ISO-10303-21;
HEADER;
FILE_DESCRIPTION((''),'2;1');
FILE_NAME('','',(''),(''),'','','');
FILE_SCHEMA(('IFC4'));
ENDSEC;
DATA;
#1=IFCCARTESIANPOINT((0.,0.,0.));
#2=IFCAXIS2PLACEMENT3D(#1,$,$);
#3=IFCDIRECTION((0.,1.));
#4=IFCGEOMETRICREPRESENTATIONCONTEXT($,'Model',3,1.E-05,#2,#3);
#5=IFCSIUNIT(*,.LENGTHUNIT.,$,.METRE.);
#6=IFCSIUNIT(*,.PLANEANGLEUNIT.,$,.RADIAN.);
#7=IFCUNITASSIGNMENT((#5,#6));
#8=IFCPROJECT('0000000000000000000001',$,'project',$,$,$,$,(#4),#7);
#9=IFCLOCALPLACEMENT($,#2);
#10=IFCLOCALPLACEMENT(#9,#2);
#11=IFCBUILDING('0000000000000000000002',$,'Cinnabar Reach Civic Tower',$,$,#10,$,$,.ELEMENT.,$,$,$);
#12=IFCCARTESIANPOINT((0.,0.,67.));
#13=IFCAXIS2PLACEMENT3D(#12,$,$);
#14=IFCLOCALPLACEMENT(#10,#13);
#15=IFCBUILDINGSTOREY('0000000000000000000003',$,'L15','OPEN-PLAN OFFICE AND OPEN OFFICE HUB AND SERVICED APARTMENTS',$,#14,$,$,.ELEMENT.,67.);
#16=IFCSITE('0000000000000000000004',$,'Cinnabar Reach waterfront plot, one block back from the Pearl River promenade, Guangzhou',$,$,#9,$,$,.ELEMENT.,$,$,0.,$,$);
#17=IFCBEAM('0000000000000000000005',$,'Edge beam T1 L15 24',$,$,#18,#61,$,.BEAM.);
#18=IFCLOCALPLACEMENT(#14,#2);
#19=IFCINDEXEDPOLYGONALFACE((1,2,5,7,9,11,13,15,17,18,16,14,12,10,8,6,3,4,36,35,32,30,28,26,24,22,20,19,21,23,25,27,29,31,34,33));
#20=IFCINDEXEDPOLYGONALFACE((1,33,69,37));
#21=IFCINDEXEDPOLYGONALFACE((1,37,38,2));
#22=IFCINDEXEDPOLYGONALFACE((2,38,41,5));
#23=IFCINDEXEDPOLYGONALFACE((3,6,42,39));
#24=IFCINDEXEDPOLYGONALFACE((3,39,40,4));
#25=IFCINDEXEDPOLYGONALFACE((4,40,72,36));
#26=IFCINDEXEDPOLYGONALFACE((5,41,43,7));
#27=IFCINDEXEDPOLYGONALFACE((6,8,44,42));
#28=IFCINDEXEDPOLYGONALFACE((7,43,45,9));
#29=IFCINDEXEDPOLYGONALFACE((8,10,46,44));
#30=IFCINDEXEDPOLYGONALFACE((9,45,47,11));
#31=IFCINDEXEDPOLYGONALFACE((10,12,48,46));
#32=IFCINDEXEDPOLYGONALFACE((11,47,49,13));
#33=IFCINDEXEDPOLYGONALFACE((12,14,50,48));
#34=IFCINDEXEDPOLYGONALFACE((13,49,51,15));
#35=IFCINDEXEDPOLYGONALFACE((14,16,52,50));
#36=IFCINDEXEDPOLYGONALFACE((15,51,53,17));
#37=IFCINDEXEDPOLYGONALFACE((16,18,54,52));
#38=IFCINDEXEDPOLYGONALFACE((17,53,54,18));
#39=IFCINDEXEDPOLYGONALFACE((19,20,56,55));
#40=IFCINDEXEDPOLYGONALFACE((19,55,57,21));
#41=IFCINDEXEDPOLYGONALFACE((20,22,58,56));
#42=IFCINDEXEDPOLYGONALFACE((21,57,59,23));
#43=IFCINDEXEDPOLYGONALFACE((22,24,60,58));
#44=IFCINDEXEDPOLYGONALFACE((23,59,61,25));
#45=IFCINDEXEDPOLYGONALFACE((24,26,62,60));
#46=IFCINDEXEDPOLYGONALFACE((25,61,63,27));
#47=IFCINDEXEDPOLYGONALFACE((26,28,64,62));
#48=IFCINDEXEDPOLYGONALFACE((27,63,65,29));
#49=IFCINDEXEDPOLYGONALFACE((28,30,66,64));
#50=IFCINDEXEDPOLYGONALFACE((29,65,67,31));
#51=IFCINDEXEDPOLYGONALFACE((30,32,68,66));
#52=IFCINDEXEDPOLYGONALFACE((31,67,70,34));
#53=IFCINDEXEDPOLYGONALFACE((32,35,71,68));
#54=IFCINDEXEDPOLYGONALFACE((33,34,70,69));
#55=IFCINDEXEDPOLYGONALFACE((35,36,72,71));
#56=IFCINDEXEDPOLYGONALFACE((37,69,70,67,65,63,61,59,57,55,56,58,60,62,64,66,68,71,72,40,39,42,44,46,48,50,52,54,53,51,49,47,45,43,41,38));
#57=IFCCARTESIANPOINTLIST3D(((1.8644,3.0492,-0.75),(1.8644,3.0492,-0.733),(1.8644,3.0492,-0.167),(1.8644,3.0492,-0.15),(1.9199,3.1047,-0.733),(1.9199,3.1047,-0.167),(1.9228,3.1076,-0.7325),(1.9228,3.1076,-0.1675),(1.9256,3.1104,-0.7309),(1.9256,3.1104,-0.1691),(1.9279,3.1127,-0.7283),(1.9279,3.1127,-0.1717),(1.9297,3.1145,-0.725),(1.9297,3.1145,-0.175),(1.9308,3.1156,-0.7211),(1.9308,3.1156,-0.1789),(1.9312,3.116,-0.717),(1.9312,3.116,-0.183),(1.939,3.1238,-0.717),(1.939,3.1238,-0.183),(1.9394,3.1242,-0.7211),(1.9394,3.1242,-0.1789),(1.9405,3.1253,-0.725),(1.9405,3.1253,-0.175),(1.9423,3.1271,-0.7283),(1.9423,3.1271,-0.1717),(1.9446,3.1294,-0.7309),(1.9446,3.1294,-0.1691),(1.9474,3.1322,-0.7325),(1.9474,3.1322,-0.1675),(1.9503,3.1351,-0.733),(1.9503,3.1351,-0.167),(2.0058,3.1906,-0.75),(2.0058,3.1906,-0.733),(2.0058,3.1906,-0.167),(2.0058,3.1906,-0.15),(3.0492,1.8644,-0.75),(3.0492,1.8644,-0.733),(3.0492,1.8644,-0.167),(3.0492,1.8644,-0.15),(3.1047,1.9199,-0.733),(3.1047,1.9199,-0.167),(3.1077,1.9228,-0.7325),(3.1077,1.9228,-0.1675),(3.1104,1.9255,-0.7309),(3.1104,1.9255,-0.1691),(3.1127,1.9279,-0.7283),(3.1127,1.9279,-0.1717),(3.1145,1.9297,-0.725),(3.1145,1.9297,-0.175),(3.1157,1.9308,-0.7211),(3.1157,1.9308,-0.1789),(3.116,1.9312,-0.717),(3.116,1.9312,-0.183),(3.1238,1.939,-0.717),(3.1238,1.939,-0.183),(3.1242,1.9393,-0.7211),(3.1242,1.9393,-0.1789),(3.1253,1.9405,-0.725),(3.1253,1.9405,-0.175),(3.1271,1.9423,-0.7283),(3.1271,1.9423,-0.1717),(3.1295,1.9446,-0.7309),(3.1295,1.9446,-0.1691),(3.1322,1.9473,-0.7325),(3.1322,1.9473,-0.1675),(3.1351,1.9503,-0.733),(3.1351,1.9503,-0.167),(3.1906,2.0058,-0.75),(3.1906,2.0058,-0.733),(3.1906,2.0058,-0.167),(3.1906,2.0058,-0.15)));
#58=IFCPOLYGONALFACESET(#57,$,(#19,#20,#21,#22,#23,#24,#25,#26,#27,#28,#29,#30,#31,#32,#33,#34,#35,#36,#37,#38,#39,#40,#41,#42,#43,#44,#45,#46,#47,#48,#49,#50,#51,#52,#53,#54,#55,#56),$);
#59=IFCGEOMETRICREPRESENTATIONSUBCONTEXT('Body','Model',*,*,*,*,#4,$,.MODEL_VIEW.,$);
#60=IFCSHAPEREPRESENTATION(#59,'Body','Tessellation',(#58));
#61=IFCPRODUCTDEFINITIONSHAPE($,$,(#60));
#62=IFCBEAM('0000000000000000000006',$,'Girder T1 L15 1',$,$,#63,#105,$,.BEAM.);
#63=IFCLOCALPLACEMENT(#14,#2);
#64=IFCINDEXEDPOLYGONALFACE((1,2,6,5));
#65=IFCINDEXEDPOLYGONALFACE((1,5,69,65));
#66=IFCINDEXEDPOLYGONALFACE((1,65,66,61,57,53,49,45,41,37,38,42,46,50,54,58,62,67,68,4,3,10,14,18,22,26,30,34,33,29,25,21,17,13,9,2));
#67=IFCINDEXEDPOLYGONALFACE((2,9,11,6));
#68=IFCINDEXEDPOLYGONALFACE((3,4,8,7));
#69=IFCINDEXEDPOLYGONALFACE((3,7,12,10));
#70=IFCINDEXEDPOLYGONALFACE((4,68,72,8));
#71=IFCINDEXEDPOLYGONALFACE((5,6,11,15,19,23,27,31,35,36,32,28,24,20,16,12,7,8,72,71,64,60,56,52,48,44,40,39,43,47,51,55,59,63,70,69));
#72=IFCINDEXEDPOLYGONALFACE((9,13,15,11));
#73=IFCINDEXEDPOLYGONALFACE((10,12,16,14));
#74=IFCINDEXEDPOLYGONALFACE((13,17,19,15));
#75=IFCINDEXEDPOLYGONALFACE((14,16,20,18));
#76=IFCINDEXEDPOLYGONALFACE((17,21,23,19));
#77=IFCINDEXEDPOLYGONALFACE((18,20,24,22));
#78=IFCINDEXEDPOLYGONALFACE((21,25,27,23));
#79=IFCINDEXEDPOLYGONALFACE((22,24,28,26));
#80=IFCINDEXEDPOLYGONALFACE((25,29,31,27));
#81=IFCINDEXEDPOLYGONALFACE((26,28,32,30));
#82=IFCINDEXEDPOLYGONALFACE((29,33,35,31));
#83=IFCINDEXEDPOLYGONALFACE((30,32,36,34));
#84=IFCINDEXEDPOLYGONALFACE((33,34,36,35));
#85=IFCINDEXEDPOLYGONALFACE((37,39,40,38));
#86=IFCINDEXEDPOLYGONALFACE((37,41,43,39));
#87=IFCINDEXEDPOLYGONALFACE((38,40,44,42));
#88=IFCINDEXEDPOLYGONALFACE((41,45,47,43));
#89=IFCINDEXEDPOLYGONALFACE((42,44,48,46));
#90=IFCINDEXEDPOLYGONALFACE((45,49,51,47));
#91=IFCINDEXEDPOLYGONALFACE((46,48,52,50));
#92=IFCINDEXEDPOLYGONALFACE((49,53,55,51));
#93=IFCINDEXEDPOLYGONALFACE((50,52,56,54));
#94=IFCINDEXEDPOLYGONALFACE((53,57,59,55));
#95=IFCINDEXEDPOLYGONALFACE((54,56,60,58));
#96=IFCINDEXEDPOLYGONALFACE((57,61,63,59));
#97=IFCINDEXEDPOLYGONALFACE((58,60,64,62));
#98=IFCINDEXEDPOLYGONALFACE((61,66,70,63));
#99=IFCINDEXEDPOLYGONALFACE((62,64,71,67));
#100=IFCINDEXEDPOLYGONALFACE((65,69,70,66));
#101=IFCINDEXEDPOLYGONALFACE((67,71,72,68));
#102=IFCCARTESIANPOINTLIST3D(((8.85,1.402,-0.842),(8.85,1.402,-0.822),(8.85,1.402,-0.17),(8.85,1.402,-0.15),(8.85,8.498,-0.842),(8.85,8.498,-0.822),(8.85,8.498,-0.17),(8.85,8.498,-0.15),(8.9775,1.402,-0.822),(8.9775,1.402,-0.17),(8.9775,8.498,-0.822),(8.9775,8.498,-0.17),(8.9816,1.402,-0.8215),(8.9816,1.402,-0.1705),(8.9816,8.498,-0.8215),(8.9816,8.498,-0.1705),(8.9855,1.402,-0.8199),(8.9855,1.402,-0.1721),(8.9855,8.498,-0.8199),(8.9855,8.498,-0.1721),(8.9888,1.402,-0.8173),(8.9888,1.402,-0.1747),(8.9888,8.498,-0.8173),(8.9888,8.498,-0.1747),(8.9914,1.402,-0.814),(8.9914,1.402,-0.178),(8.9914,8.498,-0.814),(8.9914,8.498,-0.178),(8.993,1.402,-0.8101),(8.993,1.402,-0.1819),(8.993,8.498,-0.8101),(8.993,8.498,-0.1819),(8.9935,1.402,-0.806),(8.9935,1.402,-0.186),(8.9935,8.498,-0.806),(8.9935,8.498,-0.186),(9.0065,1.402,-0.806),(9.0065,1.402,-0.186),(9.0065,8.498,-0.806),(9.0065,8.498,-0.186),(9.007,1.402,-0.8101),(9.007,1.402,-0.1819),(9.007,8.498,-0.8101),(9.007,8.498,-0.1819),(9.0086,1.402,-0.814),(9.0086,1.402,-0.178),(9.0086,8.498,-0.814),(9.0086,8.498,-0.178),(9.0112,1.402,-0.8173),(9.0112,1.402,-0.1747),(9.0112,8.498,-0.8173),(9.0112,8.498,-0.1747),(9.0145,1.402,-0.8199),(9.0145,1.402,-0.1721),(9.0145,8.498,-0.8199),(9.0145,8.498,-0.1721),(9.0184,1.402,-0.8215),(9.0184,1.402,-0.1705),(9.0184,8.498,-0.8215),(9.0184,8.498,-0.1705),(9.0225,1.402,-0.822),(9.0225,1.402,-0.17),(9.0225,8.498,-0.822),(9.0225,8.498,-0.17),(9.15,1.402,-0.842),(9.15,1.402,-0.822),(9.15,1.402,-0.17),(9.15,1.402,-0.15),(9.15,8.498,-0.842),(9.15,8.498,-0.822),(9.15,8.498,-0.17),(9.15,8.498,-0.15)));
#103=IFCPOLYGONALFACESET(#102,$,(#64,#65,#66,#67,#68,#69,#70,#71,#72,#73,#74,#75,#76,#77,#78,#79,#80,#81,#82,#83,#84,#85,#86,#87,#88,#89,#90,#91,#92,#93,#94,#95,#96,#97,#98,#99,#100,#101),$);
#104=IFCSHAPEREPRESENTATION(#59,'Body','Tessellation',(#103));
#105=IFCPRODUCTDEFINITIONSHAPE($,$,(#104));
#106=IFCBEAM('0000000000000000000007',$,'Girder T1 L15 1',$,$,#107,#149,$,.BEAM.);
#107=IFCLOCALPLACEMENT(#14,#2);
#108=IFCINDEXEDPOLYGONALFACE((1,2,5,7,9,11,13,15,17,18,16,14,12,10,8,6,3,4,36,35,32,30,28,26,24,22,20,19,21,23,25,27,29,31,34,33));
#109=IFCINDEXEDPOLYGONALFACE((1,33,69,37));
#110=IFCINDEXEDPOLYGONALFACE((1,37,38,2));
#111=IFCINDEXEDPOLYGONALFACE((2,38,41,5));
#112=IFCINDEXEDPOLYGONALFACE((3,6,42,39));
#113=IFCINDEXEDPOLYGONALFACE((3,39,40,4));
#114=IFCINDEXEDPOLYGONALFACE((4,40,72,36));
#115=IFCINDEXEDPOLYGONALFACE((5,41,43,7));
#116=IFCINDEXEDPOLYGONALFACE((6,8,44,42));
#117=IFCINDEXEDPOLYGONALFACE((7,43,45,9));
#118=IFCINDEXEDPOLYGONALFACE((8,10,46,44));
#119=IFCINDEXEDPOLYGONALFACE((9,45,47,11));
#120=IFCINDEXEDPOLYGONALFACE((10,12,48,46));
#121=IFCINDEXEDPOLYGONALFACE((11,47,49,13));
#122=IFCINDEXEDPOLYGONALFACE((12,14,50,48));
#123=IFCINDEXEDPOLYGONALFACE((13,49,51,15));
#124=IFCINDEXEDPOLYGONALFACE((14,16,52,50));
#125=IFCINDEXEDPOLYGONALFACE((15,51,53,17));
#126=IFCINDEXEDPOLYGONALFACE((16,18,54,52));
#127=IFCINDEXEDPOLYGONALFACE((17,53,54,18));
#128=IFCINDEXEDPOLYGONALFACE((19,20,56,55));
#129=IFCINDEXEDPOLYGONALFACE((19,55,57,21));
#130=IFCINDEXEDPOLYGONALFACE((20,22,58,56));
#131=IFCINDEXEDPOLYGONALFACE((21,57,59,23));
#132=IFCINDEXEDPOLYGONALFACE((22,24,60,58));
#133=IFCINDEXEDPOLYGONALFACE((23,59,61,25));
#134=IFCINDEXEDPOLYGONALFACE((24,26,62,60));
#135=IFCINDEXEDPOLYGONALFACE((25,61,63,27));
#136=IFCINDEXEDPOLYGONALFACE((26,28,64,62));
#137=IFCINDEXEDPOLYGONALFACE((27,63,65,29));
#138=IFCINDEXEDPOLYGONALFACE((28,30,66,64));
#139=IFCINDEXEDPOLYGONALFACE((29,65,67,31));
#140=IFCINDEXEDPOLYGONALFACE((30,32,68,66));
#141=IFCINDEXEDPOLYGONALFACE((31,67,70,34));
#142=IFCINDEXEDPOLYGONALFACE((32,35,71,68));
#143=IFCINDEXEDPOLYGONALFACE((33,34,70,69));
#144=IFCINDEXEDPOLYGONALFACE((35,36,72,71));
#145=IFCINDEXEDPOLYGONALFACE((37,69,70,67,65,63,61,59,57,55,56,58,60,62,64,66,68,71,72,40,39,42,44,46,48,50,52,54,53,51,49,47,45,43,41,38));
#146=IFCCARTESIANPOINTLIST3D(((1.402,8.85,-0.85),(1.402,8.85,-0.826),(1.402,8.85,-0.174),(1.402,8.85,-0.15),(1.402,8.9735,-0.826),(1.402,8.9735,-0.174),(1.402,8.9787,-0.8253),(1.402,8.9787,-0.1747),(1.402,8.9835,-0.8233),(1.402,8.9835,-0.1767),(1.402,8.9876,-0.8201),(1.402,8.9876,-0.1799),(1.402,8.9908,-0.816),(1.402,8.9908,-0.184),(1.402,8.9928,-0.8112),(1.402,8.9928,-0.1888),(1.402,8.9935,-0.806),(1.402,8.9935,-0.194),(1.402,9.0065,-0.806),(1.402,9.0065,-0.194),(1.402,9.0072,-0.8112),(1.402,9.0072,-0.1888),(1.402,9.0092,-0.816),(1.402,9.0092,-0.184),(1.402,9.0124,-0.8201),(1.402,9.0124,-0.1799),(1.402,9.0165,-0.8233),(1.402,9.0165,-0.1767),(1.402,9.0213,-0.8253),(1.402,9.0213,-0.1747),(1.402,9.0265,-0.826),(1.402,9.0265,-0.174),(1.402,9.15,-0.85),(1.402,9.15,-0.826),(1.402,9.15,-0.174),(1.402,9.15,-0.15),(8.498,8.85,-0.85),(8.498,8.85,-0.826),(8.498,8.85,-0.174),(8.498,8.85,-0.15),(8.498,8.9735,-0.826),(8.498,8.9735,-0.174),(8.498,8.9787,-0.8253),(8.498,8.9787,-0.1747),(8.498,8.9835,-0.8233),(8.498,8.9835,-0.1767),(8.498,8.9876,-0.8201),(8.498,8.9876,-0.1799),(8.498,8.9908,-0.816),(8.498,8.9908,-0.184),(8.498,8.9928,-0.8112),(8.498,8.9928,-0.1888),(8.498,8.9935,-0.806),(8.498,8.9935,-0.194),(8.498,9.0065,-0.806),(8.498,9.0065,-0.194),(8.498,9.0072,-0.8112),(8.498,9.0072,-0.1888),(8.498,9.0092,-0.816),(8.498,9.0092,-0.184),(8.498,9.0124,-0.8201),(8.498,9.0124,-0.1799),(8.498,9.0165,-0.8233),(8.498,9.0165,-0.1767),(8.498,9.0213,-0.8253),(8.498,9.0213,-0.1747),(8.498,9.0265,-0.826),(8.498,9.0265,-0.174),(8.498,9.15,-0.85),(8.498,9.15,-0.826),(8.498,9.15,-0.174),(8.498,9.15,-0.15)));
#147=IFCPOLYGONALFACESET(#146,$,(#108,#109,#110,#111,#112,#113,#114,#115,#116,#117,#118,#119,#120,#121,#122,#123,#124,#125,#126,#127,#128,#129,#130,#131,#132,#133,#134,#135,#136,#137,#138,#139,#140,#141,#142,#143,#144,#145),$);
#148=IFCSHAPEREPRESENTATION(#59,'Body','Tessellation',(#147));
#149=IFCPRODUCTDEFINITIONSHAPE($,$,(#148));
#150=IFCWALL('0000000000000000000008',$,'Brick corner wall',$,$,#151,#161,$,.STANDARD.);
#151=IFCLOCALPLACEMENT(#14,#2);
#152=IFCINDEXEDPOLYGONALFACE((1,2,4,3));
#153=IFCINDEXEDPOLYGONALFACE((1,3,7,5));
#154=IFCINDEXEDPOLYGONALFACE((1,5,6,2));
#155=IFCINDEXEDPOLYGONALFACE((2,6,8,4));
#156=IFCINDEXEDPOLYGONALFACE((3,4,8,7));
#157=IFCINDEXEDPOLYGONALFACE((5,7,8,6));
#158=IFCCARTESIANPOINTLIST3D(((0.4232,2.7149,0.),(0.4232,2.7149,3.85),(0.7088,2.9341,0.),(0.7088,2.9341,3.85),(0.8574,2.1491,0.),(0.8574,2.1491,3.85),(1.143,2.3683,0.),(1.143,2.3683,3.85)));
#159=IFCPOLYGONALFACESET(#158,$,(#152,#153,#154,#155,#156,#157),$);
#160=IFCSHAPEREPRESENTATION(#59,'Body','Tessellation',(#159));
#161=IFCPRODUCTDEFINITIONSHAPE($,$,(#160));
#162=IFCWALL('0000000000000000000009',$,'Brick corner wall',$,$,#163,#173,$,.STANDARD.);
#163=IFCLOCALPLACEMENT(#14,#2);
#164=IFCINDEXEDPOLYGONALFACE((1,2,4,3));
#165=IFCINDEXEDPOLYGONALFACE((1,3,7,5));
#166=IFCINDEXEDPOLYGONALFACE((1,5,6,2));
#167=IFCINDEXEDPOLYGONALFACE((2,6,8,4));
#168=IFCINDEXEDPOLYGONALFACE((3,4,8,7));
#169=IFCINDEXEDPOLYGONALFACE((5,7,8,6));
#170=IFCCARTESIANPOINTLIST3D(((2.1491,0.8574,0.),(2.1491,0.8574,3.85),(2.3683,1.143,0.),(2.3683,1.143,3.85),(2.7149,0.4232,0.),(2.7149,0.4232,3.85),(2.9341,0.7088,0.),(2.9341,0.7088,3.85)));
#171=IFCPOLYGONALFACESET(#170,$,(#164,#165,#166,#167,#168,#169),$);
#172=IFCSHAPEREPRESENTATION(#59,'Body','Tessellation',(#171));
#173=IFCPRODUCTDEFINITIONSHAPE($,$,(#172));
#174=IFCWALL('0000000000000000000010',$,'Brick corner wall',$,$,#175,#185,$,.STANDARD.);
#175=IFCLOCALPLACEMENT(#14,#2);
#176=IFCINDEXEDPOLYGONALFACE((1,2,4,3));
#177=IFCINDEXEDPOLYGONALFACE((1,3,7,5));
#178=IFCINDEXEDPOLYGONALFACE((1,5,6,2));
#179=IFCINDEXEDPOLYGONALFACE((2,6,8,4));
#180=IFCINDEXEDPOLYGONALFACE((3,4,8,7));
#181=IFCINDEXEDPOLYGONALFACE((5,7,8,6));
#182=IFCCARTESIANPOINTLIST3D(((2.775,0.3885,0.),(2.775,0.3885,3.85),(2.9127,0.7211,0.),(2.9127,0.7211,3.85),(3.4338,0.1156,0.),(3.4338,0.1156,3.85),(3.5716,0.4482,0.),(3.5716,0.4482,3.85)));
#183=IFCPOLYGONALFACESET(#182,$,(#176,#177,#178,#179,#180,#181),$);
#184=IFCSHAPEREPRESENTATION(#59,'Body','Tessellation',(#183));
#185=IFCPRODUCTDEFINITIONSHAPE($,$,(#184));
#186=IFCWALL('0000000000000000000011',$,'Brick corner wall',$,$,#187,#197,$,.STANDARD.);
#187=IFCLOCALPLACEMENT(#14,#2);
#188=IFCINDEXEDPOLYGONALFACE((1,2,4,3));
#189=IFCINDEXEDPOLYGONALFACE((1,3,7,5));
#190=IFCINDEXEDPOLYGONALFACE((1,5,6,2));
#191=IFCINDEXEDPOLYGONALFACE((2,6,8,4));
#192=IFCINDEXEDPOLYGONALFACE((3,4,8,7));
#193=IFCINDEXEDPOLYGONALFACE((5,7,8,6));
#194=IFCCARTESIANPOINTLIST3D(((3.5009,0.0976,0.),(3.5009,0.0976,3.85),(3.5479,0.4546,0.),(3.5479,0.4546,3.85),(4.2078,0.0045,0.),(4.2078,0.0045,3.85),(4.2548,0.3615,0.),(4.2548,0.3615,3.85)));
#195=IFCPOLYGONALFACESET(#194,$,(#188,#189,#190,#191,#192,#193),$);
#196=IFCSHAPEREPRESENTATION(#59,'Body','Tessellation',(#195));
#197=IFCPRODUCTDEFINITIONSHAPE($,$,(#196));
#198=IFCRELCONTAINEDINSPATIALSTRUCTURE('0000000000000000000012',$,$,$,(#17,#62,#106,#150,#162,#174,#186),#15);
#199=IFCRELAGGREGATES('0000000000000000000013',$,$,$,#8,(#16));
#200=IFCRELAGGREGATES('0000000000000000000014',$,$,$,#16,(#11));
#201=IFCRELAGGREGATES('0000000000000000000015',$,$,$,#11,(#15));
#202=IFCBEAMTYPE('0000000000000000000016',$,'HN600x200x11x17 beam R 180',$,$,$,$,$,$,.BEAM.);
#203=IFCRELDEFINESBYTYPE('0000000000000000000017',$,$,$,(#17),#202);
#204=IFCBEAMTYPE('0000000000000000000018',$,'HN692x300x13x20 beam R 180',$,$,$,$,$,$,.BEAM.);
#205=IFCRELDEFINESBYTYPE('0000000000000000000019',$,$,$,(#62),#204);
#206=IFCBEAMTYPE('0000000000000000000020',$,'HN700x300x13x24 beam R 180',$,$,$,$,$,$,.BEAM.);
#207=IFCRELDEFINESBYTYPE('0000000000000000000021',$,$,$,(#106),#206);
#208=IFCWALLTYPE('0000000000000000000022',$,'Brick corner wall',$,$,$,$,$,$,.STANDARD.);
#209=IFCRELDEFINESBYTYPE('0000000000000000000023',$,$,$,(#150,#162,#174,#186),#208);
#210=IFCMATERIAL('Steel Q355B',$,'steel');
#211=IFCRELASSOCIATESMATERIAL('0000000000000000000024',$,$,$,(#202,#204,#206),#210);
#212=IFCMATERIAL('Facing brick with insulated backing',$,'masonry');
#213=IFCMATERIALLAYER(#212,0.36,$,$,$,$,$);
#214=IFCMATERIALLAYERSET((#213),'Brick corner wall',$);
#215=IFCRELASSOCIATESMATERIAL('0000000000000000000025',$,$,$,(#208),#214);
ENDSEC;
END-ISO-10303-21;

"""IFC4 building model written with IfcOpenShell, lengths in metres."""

from ifc_helpers import new_model, si_unit, direction, frame, frame_2d, origin, origin_2d, place, context, subcontext, project, spatial, rectangle, i_section, extrude, material, layer, layer_set, material_profile, profile_set, type_object, element, save


model = new_model("IFC4")

# Units and contexts
model_context = context("Model", 3, precision=1e-05, world=origin(), true_north=direction((0.0, 1.0)))
body_context = subcontext(model_context, "Body", "Model", "MODEL_VIEW")
ifc_project = project(units=[si_unit("LENGTHUNIT", "METRE"), si_unit("PLANEANGLEUNIT", "RADIAN")], contexts=[model_context])

# Site, building, storey
site_placement = place(None, origin())
site = spatial("IfcSite", under=ifc_project, at=site_placement, Name="Cinnabar Reach waterfront plot, one block back from the Pearl River promenade, Guangzhou", CompositionType="ELEMENT", RefElevation=0.0)
building_placement = place(site_placement, origin())
building = spatial("IfcBuilding", under=site, at=building_placement, Name="Cinnabar Reach Civic Tower", CompositionType="ELEMENT")
storey_placement = place(building_placement, frame((0.0, 0.0, 67.0)))
storey = spatial("IfcBuildingStorey", under=building, at=storey_placement, Name="L15", Description="OPEN-PLAN OFFICE AND OPEN OFFICE HUB AND SERVICED APARTMENTS", CompositionType="ELEMENT", Elevation=67.0)

# Beams
ifc_material_1 = material(Name="Steel Q355B", Category="steel")
ifc_material_profile_1 = material_profile(ifc_material_1, i_section(OverallWidth=0.2, OverallDepth=0.6, WebThickness=0.011, FlangeThickness=0.017, FilletRadius=0.016, at=origin_2d()), Name="HN600x200x11x17")
ifc_profile_set_1 = profile_set([ifc_material_profile_1], Name="Steel Q355B")
beam_type_1 = type_object("IfcBeamType", Name="HN600x200x11x17 beam R 180", PredefinedType="BEAM", material=ifc_profile_set_1)
beam_1_placement = place(storey_placement, frame((1.9351, 3.1199, -0.45), z_axis=(0.707107, -0.707107, 0.0), x_axis=(0.707107, 0.707107, 0.0)))
element("IfcBeam", 1, at=beam_1_placement, inside=storey, type_object=beam_type_1, Name="Edge beam T1 L15 24", PredefinedType="BEAM", context=body_context, shape_type="SweptSolid", body=[
    extrude(i_section(OverallWidth=0.2, OverallDepth=0.6, WebThickness=0.011, FlangeThickness=0.017, FilletRadius=0.016, at=origin_2d()), origin(), (0.0, 0.0, 1.0), 1.6756),
])
ifc_material_profile_2 = material_profile(ifc_material_1, i_section(OverallWidth=0.3, OverallDepth=0.692, WebThickness=0.013, FlangeThickness=0.02, FilletRadius=0.016, at=origin_2d()), Name="HN692x300x13x20")
ifc_profile_set_2 = profile_set([ifc_material_profile_2], Name="Steel Q355B")
beam_type_2 = type_object("IfcBeamType", Name="HN692x300x13x20 beam R 180", PredefinedType="BEAM", material=ifc_profile_set_2)
beam_2_placement = place(storey_placement, frame((9.0, 1.402, -0.496), z_axis=(0.0, 1.0, 0.0), x_axis=(-1.0, 0.0, 0.0)))
element("IfcBeam", 2, at=beam_2_placement, inside=storey, type_object=beam_type_2, Name="Girder T1 L15 1", PredefinedType="BEAM", context=body_context, shape_type="SweptSolid", body=[
    extrude(i_section(OverallWidth=0.3, OverallDepth=0.692, WebThickness=0.013, FlangeThickness=0.02, FilletRadius=0.016, at=origin_2d()), origin(), (0.0, 0.0, 1.0), 7.096),
])
ifc_material_profile_3 = material_profile(ifc_material_1, i_section(OverallWidth=0.3, OverallDepth=0.7, WebThickness=0.013, FlangeThickness=0.024, FilletRadius=0.02, at=origin_2d()), Name="HN700x300x13x24")
ifc_profile_set_3 = profile_set([ifc_material_profile_3], Name="Steel Q355B")
beam_type_3 = type_object("IfcBeamType", Name="HN700x300x13x24 beam R 180", PredefinedType="BEAM", material=ifc_profile_set_3)
beam_3_placement = place(storey_placement, frame((1.402, 9.0, -0.5), z_axis=(1.0, 0.0, 0.0), x_axis=(0.0, 1.0, 0.0)))
element("IfcBeam", 3, at=beam_3_placement, inside=storey, type_object=beam_type_3, Name="Girder T1 L15 1", PredefinedType="BEAM", context=body_context, shape_type="SweptSolid", body=[
    extrude(i_section(OverallWidth=0.3, OverallDepth=0.7, WebThickness=0.013, FlangeThickness=0.024, FilletRadius=0.02, at=origin_2d()), origin(), (0.0, 0.0, 1.0), 7.096),
])

# Walls
ifc_material_2 = material(Name="Facing brick with insulated backing", Category="masonry")
ifc_layer_1 = layer(ifc_material_2, 0.36)
ifc_layer_set_1 = layer_set([ifc_layer_1], Name="Brick corner wall")
wall_type_1 = type_object("IfcWallType", Name="Brick corner wall", PredefinedType="STANDARD", material=ifc_layer_set_1)
for number, where, z_axis, x_axis, name in (
    (4, (0.566, 2.8245, 0.0), (0.0, 0.0, 1.0), (0.608802, -0.793322, 0.0), "Brick corner wall"),
    (5, (2.2587, 1.0002, 0.0), (0.0, 0.0, 1.0), (0.793322, -0.608802, 0.0), "Brick corner wall"),
):
    element("IfcWall", number, at=place(storey_placement, frame(where, z_axis=z_axis, x_axis=x_axis)), inside=storey, type_object=wall_type_1, Name=name, PredefinedType="STANDARD", context=body_context, shape_type="SweptSolid", body=[
        extrude(rectangle(XDim=0.7132, YDim=0.36, at=frame_2d((0.3566, 0.0))), origin(), (0.0, 0.0, 1.0), 3.85),
    ])
for number, where, z_axis, x_axis, name in (
    (6, (2.8439, 0.5548, 0.0), (0.0, 0.0, 1.0), (0.923872, -0.382703, 0.0), "Brick corner wall"),
    (7, (3.5244, 0.2761, 0.0), (0.0, 0.0, 1.0), (0.991441, -0.130556, 0.0), "Brick corner wall"),
):
    element("IfcWall", number, at=place(storey_placement, frame(where, z_axis=z_axis, x_axis=x_axis)), inside=storey, type_object=wall_type_1, Name=name, PredefinedType="STANDARD", context=body_context, shape_type="SweptSolid", body=[
        extrude(rectangle(XDim=0.7131, YDim=0.36, at=frame_2d((0.3565, 0.0))), origin(), (0.0, 0.0, 1.0), 3.85),
    ])

save(model, "model.ifc")
